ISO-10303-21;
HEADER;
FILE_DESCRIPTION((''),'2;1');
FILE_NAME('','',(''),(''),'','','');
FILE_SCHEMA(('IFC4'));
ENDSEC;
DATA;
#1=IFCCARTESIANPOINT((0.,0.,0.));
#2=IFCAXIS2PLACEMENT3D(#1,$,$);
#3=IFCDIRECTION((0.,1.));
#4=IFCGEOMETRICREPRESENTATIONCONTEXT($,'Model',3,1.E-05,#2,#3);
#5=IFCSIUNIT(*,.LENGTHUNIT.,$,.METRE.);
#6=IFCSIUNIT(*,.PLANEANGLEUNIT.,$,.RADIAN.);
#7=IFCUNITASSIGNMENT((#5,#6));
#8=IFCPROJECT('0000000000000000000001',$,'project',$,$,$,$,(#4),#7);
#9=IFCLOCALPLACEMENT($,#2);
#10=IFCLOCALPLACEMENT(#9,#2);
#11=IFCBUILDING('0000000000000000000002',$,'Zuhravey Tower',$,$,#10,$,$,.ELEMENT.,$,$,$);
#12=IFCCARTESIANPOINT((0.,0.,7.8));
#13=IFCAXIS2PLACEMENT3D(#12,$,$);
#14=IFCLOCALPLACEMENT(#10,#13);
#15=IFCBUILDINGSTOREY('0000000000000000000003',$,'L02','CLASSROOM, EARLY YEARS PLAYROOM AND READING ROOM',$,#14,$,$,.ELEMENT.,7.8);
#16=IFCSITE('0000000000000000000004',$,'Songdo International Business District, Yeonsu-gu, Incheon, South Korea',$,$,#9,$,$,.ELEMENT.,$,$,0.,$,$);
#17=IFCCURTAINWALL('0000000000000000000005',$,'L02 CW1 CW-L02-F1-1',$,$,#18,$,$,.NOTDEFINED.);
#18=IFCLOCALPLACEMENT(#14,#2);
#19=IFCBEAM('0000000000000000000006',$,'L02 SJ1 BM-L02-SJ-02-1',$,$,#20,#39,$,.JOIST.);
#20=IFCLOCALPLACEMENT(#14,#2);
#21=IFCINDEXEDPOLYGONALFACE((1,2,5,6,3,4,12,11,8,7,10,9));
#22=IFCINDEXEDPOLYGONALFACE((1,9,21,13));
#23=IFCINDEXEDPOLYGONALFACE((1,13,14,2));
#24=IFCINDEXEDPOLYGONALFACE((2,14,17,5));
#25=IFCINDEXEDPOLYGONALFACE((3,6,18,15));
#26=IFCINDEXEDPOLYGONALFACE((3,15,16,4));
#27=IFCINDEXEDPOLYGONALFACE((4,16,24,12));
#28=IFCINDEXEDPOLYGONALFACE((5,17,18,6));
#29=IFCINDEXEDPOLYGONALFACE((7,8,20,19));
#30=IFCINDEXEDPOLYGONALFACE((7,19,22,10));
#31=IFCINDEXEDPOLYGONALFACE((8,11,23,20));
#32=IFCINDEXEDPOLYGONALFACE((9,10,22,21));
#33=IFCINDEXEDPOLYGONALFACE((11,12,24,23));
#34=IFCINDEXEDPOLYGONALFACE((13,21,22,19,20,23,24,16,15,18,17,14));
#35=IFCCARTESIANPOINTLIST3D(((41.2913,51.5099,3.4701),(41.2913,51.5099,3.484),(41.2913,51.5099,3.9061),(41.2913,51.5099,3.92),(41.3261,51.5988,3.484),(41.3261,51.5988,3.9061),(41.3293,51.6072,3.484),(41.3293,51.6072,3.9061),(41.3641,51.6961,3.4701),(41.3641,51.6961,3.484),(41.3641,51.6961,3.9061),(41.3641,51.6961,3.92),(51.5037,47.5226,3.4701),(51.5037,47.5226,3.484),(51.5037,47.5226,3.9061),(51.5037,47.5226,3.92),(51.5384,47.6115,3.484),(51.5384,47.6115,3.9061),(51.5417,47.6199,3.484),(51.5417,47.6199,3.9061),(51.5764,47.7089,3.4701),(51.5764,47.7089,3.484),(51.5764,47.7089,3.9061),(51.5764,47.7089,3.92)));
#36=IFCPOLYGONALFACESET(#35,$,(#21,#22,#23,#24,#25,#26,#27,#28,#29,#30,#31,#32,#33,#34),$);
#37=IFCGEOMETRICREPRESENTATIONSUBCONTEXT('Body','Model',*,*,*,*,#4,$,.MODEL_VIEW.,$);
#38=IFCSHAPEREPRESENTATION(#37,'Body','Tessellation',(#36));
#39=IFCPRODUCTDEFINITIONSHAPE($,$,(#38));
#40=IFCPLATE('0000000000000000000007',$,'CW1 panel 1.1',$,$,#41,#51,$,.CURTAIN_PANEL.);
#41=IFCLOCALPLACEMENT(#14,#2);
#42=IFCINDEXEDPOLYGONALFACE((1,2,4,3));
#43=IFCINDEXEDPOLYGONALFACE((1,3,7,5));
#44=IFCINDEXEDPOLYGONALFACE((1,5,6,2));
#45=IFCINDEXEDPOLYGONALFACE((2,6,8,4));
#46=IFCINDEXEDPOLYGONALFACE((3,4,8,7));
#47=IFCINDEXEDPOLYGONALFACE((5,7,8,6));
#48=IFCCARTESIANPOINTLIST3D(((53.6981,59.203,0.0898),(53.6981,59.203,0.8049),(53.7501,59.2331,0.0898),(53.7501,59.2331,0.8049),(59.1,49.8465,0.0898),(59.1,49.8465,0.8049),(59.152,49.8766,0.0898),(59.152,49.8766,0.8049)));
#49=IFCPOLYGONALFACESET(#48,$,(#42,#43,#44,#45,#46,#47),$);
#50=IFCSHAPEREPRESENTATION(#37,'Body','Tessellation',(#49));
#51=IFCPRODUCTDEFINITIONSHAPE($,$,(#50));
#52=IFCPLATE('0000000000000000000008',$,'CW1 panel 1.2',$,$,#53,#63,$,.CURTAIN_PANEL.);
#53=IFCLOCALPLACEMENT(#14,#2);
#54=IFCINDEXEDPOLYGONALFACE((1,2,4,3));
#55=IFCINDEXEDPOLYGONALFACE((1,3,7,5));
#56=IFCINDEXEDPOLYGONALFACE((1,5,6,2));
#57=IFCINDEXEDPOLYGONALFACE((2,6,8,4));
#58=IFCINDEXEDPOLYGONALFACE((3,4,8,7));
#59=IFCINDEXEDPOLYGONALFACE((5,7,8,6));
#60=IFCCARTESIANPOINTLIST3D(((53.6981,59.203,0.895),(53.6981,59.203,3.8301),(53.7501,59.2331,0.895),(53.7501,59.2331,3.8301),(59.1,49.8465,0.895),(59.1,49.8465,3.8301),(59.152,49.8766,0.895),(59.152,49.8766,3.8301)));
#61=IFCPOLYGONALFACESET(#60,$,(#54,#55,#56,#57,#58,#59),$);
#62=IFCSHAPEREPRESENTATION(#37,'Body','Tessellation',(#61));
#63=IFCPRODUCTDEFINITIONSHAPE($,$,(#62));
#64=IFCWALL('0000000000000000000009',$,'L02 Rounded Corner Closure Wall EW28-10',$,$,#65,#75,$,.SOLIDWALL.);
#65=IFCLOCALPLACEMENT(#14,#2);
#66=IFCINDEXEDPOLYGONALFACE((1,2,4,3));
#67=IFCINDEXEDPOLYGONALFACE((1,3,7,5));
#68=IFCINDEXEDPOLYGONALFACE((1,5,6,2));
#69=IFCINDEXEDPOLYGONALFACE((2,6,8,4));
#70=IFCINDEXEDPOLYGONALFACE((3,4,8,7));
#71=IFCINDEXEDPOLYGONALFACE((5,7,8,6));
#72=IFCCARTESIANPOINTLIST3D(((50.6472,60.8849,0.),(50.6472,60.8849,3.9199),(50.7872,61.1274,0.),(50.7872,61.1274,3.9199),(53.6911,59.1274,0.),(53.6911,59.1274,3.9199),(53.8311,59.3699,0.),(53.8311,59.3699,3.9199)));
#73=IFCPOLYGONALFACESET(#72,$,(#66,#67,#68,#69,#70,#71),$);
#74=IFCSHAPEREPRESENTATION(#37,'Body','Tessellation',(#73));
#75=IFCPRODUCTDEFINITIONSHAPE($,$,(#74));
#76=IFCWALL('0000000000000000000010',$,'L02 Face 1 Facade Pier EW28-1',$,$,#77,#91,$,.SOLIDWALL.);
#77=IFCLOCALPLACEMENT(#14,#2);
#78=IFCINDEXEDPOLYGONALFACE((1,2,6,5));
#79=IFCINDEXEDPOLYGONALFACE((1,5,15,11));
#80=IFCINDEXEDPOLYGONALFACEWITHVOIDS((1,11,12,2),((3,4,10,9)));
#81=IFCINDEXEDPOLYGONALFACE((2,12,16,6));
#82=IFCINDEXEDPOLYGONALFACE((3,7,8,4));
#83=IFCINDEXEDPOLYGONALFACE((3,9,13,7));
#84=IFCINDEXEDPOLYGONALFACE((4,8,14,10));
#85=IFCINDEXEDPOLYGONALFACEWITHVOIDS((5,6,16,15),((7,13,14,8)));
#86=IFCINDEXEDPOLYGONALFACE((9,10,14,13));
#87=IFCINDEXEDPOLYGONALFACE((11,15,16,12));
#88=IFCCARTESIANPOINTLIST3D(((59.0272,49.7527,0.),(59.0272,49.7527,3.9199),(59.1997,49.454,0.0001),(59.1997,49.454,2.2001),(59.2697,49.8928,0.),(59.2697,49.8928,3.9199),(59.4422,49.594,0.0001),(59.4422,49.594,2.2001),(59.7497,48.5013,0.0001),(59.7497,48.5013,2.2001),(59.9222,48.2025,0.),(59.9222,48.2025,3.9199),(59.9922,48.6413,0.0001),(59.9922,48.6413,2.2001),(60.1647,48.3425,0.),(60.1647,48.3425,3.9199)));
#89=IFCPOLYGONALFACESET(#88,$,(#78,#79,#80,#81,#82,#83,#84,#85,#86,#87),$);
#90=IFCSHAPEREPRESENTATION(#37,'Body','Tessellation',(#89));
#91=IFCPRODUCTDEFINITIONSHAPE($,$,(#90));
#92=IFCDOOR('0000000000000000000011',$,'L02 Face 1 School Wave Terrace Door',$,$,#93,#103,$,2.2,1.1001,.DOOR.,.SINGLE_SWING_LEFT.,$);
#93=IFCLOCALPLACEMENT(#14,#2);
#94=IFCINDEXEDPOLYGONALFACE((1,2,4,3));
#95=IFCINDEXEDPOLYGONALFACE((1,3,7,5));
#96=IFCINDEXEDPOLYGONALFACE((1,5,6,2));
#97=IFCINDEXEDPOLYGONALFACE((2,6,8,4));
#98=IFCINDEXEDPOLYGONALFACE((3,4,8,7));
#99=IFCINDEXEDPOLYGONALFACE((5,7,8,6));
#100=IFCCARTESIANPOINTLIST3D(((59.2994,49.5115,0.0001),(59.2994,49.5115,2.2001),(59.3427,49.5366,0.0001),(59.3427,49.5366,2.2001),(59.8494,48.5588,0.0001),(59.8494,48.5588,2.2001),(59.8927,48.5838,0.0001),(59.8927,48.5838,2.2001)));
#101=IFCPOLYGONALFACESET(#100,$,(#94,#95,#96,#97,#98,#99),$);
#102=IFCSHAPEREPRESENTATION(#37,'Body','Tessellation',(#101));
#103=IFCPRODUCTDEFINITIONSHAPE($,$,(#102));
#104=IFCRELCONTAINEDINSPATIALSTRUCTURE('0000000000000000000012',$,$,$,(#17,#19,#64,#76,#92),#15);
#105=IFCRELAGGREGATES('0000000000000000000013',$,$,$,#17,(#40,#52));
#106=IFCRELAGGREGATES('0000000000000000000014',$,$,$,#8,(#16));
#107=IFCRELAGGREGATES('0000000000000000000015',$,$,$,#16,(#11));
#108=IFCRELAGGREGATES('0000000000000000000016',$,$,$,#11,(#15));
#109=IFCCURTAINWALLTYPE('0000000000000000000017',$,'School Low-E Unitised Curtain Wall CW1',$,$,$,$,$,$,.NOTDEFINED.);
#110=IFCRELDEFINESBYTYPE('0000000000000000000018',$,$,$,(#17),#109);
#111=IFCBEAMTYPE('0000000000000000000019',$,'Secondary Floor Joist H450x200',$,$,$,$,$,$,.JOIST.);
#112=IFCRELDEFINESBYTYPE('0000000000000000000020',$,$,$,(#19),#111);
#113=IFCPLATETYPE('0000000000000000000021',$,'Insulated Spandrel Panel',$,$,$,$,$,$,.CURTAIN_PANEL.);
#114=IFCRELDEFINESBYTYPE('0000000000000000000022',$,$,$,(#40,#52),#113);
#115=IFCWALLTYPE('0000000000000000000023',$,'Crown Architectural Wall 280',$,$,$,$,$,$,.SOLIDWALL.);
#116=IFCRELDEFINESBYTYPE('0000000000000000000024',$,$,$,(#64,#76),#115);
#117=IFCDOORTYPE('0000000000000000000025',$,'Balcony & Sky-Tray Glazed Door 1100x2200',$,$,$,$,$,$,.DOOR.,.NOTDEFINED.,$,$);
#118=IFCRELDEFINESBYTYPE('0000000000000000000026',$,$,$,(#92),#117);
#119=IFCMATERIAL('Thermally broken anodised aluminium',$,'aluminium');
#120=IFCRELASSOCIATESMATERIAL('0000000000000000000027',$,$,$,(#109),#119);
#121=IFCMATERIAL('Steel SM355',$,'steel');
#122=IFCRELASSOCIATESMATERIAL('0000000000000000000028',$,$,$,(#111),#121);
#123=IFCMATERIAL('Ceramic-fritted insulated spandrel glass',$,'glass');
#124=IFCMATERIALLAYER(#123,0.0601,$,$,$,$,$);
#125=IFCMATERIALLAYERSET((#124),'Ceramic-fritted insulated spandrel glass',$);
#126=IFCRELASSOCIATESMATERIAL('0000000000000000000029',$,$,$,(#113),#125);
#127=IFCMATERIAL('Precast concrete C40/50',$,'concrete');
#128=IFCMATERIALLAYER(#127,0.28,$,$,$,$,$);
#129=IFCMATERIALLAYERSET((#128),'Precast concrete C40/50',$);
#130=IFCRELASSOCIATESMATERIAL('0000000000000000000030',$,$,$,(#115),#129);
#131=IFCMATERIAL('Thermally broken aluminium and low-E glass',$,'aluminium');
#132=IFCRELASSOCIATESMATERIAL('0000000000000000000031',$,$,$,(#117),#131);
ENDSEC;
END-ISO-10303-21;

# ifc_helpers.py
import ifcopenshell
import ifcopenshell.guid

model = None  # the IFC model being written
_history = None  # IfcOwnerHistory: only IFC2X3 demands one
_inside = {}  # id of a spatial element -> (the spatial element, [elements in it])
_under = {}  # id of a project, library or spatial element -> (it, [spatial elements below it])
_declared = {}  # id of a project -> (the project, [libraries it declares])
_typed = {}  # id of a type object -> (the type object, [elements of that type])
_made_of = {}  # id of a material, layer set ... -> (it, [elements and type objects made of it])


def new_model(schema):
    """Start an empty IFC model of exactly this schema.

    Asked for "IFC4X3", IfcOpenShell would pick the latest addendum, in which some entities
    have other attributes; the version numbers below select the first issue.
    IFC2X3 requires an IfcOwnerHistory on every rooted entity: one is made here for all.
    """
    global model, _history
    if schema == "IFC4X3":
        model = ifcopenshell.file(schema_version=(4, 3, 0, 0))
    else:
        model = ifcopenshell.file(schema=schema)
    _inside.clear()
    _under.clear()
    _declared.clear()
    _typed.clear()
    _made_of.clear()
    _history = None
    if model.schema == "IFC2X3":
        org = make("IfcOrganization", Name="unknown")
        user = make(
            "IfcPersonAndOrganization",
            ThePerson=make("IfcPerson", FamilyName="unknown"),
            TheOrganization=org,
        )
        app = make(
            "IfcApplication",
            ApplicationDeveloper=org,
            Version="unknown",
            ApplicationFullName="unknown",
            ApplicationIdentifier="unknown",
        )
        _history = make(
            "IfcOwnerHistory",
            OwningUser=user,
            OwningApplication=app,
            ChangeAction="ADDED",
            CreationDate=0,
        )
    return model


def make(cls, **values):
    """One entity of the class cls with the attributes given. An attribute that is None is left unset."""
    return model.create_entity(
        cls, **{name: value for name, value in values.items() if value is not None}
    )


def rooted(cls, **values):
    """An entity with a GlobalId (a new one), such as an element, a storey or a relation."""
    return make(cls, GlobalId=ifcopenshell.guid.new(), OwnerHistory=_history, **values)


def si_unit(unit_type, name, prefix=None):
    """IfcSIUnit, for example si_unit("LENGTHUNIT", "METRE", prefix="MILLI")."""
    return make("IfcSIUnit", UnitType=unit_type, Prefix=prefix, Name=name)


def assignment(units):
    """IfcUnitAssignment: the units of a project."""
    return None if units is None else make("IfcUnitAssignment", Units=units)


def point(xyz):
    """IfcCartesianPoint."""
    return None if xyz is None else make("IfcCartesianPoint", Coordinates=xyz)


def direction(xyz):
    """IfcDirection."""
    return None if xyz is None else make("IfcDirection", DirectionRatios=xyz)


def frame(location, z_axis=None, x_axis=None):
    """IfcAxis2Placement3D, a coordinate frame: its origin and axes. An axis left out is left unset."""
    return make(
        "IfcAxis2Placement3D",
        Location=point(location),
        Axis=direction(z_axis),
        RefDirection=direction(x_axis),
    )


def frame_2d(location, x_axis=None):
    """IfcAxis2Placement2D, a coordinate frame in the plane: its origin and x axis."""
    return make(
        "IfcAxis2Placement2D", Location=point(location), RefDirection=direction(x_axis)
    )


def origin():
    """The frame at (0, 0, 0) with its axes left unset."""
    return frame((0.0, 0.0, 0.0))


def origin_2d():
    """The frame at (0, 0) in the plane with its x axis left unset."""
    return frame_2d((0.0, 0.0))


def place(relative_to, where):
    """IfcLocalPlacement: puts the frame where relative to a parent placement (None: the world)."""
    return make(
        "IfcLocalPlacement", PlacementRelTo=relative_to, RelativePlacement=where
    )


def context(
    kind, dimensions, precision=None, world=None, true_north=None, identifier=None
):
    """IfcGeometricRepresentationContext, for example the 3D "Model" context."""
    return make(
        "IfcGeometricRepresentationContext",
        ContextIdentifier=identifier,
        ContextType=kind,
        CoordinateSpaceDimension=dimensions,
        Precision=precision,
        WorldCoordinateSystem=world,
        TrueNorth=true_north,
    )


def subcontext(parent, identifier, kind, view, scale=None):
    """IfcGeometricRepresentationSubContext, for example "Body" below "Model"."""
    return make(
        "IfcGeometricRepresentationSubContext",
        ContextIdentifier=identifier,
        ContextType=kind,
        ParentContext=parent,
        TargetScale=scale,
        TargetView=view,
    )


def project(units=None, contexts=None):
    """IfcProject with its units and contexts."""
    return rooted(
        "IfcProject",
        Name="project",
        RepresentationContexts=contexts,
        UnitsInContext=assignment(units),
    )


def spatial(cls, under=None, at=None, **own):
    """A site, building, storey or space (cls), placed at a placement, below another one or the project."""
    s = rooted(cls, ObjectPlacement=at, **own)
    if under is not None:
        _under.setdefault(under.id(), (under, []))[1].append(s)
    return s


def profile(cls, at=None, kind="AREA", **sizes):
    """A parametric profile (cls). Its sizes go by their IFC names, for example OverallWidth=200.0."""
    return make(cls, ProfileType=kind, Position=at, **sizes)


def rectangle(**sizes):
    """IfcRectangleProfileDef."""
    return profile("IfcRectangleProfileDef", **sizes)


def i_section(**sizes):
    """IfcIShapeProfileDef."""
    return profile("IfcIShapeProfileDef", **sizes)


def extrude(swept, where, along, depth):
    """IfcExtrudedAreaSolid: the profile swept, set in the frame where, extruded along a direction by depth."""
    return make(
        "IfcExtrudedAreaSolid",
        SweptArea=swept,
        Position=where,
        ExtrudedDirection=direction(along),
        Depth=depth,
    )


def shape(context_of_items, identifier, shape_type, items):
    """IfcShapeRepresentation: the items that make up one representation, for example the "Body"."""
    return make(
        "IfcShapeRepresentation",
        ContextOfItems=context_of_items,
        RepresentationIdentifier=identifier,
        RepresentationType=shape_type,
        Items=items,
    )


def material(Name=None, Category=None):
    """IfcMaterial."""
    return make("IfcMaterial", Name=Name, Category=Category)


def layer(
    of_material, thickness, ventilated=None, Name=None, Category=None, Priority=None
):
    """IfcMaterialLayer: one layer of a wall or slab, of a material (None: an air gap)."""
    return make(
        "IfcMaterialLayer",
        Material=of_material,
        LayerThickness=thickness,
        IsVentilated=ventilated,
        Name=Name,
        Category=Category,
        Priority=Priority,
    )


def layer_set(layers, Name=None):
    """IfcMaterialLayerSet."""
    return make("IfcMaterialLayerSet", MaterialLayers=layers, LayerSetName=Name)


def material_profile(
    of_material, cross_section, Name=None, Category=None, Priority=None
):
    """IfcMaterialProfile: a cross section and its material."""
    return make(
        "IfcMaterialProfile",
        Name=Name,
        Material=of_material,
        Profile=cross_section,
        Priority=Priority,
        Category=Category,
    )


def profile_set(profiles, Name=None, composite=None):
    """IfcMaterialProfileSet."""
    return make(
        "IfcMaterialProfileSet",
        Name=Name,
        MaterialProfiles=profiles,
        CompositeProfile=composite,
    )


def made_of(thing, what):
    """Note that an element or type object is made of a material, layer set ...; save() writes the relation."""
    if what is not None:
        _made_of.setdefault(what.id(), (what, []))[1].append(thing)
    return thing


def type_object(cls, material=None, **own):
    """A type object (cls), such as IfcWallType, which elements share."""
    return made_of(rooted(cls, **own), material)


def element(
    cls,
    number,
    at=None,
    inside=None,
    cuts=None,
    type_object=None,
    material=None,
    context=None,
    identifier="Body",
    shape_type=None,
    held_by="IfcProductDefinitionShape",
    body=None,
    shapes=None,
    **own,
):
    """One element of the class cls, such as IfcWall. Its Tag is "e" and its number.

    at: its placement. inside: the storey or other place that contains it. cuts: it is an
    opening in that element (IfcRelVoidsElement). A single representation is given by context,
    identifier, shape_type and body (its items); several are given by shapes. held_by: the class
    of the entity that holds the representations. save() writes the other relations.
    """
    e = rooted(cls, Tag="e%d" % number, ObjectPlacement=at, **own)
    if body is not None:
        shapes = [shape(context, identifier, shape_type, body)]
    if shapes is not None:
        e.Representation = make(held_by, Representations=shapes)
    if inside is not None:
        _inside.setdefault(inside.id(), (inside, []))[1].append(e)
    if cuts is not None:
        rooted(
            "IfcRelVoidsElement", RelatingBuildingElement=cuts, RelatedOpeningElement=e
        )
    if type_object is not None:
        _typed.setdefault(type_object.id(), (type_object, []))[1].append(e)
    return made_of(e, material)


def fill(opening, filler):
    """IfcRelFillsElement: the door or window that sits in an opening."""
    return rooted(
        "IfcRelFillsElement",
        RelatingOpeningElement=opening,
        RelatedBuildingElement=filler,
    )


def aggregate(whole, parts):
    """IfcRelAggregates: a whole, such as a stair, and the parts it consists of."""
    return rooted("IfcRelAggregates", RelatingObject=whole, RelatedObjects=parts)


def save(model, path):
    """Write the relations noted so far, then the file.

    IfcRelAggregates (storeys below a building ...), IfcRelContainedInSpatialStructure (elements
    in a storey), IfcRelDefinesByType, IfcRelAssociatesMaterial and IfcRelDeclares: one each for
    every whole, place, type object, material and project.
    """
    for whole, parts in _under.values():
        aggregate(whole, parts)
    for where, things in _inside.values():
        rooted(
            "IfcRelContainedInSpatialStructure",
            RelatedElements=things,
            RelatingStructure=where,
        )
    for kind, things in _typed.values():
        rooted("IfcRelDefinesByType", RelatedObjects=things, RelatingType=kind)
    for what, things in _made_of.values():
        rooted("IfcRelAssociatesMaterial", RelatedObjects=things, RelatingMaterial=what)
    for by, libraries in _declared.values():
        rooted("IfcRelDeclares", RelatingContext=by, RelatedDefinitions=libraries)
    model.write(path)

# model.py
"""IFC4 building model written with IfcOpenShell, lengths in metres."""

from ifc_helpers import new_model, si_unit, direction, frame, frame_2d, origin, origin_2d, place, context, subcontext, project, spatial, rectangle, i_section, extrude, material, layer, layer_set, material_profile, profile_set, type_object, element, fill, aggregate, save


model = new_model("IFC4")

# Units and contexts
model_context = context("Model", 3, precision=1e-05, world=origin(), true_north=direction((0.0, 1.0)))
body_context = subcontext(model_context, "Body", "Model", "MODEL_VIEW")
ifc_project = project(units=[si_unit("LENGTHUNIT", "METRE"), si_unit("PLANEANGLEUNIT", "RADIAN")], contexts=[model_context])

# Site, building, storey
site_placement = place(None, origin())
site = spatial("IfcSite", under=ifc_project, at=site_placement, Name="Songdo International Business District, Yeonsu-gu, Incheon, South Korea", CompositionType="ELEMENT", RefElevation=0.0)
building_placement = place(site_placement, origin())
building = spatial("IfcBuilding", under=site, at=building_placement, Name="Zuhravey Tower", CompositionType="ELEMENT")
storey_placement = place(building_placement, frame((0.0, 0.0, 7.8)))
storey = spatial("IfcBuildingStorey", under=building, at=storey_placement, Name="L02", Description="CLASSROOM, EARLY YEARS PLAYROOM AND READING ROOM", CompositionType="ELEMENT", Elevation=7.8)

# Shared definitions
ifc_material_1 = material(Name="Thermally broken anodised aluminium", Category="aluminium")
curtain_wall_type = type_object("IfcCurtainWallType", Name="School Low-E Unitised Curtain Wall CW1", PredefinedType="NOTDEFINED", material=ifc_material_1)

# Curtain wall
curtain_wall_1_placement = place(storey_placement, origin())
curtain_wall_1 = element("IfcCurtainWall", 1, at=curtain_wall_1_placement, inside=storey, type_object=curtain_wall_type, Name="L02 CW1 CW-L02-F1-1", PredefinedType="NOTDEFINED")

# Beam
ifc_material_2 = material(Name="Steel SM355", Category="steel")
ifc_material_profile_1 = material_profile(ifc_material_2, i_section(OverallWidth=0.2, OverallDepth=0.45, WebThickness=0.009, FlangeThickness=0.0139, at=origin_2d()), Name="H-450x200x9x14")
ifc_profile_set_1 = profile_set([ifc_material_profile_1], Name="Steel SM355")
beam_type_1 = type_object("IfcBeamType", Name="Secondary Floor Joist H450x200", PredefinedType="JOIST", material=ifc_profile_set_1)
beam_1_placement = place(storey_placement, frame((51.54, 47.6157, 3.6951), z_axis=(-0.931517, 0.363699, 0.0), x_axis=(-0.363699, -0.931517, 0.0)))
element("IfcBeam", 2, at=beam_1_placement, inside=storey, type_object=beam_type_1, Name="L02 SJ1 BM-L02-SJ-02-1", PredefinedType="JOIST", context=body_context, shape_type="SweptSolid", body=[
    extrude(i_section(OverallWidth=0.2, OverallDepth=0.45, WebThickness=0.009, FlangeThickness=0.0139, at=origin_2d()), origin(), (0.0, 0.0, 1.0), 10.9631),
])

# Plates
ifc_material_3 = material(Name="Ceramic-fritted insulated spandrel glass", Category="glass")
ifc_layer_1 = layer(ifc_material_3, 0.0601)
ifc_layer_set_1 = layer_set([ifc_layer_1], Name="Ceramic-fritted insulated spandrel glass")
plate_type = type_object("IfcPlateType", Name="Insulated Spandrel Panel", PredefinedType="CURTAIN_PANEL", material=ifc_layer_set_1)
plate_1_placement = place(storey_placement, frame((56.425, 54.5398, 0.0898), z_axis=(0.0, 0.0, 1.0), x_axis=(0.499998, -0.866027, 0.0)))
plate_1 = element("IfcPlate", 3, at=plate_1_placement, type_object=plate_type, Name="CW1 panel 1.1", PredefinedType="CURTAIN_PANEL", context=body_context, shape_type="SweptSolid", body=[
    extrude(rectangle(XDim=10.804, YDim=0.0601, at=origin_2d()), origin(), (0.0, 0.0, 1.0), 0.7151),
])
plate_2_placement = place(storey_placement, frame((56.425, 54.5398, 0.895), z_axis=(0.0, 0.0, 1.0), x_axis=(0.499998, -0.866027, 0.0)))
plate_2 = element("IfcPlate", 4, at=plate_2_placement, type_object=plate_type, Name="CW1 panel 1.2", PredefinedType="CURTAIN_PANEL", context=body_context, shape_type="SweptSolid", body=[
    extrude(rectangle(XDim=10.804, YDim=0.0601, at=origin_2d()), origin(), (0.0, 0.0, 1.0), 2.9351),
])
aggregate(curtain_wall_1, [plate_1, plate_2])

# Wall
ifc_material_4 = material(Name="Precast concrete C40/50", Category="concrete")
ifc_layer_2 = layer(ifc_material_4, 0.28)
ifc_layer_set_2 = layer_set([ifc_layer_2], Name="Precast concrete C40/50")
wall_type = type_object("IfcWallType", Name="Crown Architectural Wall 280", PredefinedType="SOLIDWALL", material=ifc_layer_set_2)
wall_1_placement = place(storey_placement, frame((50.7173, 61.0061, 0.0), z_axis=(0.0, 0.0, 1.0), x_axis=(0.866007, -0.500031, 0.0)))
element("IfcWall", 5, at=wall_1_placement, inside=storey, type_object=wall_type, Name="L02 Rounded Corner Closure Wall EW28-10", PredefinedType="SOLIDWALL", context=body_context, shape_type="SweptSolid", body=[
    extrude(rectangle(XDim=3.5149, YDim=0.28, at=frame_2d((1.7573, 0.0))), origin(), (0.0, 0.0, 1.0), 3.9199),
])

# Wall, opening, door
wall_2_placement = place(storey_placement, frame((59.1484, 49.8228, 0.0), z_axis=(0.0, 0.0, 1.0), x_axis=(0.499982, -0.866036, 0.0)))
wall_2 = element("IfcWall", 6, at=wall_2_placement, inside=storey, type_object=wall_type, Name="L02 Face 1 Facade Pier EW28-1", PredefinedType="SOLIDWALL", context=body_context, shape_type="SweptSolid", body=[
    extrude(rectangle(XDim=1.79, YDim=0.28, at=frame_2d((0.895, 0.0))), origin(), (0.0, 0.0, 1.0), 3.9199),
])
opening_placement = place(wall_2_placement, frame((0.345, 0.0, 0.0)))
opening = element("IfcOpeningElement", 7, at=opening_placement, cuts=wall_2, PredefinedType="OPENING", context=body_context, shape_type="SweptSolid", body=[
    extrude(rectangle(XDim=1.1001, YDim=2.2, at=frame_2d((0.55, 1.1001))), frame((0.0, 0.1521, 0.0), z_axis=(0.0, -1.0, 0.0), x_axis=(1.0, 0.0, 0.0)), (0.0, 0.0, 1.0), 0.304),
])
ifc_material_5 = material(Name="Thermally broken aluminium and low-E glass", Category="aluminium")
door_type = type_object("IfcDoorType", Name="Balcony & Sky-Tray Glazed Door 1100x2200", OperationType="NOTDEFINED", PredefinedType="DOOR", material=ifc_material_5)
door_placement = place(opening_placement, frame((1.1001, 0.0, 0.0), z_axis=(0.0, 0.0, 1.0), x_axis=(-1.0, 0.0, 0.0)))
door = element("IfcDoor", 8, at=door_placement, inside=storey, type_object=door_type, Name="L02 Face 1 School Wave Terrace Door", OperationType="SINGLE_SWING_LEFT", OverallHeight=2.2, OverallWidth=1.1001, PredefinedType="DOOR", context=body_context, shape_type="SweptSolid", body=[
    extrude(rectangle(XDim=1.1001, YDim=2.2, at=frame_2d((0.55, 1.1001))), frame((0.0, 0.0249, 0.0), z_axis=(0.0, -1.0, 0.0), x_axis=(1.0, 0.0, 0.0)), (0.0, 0.0, 1.0), 0.05),
])
fill(opening, door)

save(model, "model.ifc")
